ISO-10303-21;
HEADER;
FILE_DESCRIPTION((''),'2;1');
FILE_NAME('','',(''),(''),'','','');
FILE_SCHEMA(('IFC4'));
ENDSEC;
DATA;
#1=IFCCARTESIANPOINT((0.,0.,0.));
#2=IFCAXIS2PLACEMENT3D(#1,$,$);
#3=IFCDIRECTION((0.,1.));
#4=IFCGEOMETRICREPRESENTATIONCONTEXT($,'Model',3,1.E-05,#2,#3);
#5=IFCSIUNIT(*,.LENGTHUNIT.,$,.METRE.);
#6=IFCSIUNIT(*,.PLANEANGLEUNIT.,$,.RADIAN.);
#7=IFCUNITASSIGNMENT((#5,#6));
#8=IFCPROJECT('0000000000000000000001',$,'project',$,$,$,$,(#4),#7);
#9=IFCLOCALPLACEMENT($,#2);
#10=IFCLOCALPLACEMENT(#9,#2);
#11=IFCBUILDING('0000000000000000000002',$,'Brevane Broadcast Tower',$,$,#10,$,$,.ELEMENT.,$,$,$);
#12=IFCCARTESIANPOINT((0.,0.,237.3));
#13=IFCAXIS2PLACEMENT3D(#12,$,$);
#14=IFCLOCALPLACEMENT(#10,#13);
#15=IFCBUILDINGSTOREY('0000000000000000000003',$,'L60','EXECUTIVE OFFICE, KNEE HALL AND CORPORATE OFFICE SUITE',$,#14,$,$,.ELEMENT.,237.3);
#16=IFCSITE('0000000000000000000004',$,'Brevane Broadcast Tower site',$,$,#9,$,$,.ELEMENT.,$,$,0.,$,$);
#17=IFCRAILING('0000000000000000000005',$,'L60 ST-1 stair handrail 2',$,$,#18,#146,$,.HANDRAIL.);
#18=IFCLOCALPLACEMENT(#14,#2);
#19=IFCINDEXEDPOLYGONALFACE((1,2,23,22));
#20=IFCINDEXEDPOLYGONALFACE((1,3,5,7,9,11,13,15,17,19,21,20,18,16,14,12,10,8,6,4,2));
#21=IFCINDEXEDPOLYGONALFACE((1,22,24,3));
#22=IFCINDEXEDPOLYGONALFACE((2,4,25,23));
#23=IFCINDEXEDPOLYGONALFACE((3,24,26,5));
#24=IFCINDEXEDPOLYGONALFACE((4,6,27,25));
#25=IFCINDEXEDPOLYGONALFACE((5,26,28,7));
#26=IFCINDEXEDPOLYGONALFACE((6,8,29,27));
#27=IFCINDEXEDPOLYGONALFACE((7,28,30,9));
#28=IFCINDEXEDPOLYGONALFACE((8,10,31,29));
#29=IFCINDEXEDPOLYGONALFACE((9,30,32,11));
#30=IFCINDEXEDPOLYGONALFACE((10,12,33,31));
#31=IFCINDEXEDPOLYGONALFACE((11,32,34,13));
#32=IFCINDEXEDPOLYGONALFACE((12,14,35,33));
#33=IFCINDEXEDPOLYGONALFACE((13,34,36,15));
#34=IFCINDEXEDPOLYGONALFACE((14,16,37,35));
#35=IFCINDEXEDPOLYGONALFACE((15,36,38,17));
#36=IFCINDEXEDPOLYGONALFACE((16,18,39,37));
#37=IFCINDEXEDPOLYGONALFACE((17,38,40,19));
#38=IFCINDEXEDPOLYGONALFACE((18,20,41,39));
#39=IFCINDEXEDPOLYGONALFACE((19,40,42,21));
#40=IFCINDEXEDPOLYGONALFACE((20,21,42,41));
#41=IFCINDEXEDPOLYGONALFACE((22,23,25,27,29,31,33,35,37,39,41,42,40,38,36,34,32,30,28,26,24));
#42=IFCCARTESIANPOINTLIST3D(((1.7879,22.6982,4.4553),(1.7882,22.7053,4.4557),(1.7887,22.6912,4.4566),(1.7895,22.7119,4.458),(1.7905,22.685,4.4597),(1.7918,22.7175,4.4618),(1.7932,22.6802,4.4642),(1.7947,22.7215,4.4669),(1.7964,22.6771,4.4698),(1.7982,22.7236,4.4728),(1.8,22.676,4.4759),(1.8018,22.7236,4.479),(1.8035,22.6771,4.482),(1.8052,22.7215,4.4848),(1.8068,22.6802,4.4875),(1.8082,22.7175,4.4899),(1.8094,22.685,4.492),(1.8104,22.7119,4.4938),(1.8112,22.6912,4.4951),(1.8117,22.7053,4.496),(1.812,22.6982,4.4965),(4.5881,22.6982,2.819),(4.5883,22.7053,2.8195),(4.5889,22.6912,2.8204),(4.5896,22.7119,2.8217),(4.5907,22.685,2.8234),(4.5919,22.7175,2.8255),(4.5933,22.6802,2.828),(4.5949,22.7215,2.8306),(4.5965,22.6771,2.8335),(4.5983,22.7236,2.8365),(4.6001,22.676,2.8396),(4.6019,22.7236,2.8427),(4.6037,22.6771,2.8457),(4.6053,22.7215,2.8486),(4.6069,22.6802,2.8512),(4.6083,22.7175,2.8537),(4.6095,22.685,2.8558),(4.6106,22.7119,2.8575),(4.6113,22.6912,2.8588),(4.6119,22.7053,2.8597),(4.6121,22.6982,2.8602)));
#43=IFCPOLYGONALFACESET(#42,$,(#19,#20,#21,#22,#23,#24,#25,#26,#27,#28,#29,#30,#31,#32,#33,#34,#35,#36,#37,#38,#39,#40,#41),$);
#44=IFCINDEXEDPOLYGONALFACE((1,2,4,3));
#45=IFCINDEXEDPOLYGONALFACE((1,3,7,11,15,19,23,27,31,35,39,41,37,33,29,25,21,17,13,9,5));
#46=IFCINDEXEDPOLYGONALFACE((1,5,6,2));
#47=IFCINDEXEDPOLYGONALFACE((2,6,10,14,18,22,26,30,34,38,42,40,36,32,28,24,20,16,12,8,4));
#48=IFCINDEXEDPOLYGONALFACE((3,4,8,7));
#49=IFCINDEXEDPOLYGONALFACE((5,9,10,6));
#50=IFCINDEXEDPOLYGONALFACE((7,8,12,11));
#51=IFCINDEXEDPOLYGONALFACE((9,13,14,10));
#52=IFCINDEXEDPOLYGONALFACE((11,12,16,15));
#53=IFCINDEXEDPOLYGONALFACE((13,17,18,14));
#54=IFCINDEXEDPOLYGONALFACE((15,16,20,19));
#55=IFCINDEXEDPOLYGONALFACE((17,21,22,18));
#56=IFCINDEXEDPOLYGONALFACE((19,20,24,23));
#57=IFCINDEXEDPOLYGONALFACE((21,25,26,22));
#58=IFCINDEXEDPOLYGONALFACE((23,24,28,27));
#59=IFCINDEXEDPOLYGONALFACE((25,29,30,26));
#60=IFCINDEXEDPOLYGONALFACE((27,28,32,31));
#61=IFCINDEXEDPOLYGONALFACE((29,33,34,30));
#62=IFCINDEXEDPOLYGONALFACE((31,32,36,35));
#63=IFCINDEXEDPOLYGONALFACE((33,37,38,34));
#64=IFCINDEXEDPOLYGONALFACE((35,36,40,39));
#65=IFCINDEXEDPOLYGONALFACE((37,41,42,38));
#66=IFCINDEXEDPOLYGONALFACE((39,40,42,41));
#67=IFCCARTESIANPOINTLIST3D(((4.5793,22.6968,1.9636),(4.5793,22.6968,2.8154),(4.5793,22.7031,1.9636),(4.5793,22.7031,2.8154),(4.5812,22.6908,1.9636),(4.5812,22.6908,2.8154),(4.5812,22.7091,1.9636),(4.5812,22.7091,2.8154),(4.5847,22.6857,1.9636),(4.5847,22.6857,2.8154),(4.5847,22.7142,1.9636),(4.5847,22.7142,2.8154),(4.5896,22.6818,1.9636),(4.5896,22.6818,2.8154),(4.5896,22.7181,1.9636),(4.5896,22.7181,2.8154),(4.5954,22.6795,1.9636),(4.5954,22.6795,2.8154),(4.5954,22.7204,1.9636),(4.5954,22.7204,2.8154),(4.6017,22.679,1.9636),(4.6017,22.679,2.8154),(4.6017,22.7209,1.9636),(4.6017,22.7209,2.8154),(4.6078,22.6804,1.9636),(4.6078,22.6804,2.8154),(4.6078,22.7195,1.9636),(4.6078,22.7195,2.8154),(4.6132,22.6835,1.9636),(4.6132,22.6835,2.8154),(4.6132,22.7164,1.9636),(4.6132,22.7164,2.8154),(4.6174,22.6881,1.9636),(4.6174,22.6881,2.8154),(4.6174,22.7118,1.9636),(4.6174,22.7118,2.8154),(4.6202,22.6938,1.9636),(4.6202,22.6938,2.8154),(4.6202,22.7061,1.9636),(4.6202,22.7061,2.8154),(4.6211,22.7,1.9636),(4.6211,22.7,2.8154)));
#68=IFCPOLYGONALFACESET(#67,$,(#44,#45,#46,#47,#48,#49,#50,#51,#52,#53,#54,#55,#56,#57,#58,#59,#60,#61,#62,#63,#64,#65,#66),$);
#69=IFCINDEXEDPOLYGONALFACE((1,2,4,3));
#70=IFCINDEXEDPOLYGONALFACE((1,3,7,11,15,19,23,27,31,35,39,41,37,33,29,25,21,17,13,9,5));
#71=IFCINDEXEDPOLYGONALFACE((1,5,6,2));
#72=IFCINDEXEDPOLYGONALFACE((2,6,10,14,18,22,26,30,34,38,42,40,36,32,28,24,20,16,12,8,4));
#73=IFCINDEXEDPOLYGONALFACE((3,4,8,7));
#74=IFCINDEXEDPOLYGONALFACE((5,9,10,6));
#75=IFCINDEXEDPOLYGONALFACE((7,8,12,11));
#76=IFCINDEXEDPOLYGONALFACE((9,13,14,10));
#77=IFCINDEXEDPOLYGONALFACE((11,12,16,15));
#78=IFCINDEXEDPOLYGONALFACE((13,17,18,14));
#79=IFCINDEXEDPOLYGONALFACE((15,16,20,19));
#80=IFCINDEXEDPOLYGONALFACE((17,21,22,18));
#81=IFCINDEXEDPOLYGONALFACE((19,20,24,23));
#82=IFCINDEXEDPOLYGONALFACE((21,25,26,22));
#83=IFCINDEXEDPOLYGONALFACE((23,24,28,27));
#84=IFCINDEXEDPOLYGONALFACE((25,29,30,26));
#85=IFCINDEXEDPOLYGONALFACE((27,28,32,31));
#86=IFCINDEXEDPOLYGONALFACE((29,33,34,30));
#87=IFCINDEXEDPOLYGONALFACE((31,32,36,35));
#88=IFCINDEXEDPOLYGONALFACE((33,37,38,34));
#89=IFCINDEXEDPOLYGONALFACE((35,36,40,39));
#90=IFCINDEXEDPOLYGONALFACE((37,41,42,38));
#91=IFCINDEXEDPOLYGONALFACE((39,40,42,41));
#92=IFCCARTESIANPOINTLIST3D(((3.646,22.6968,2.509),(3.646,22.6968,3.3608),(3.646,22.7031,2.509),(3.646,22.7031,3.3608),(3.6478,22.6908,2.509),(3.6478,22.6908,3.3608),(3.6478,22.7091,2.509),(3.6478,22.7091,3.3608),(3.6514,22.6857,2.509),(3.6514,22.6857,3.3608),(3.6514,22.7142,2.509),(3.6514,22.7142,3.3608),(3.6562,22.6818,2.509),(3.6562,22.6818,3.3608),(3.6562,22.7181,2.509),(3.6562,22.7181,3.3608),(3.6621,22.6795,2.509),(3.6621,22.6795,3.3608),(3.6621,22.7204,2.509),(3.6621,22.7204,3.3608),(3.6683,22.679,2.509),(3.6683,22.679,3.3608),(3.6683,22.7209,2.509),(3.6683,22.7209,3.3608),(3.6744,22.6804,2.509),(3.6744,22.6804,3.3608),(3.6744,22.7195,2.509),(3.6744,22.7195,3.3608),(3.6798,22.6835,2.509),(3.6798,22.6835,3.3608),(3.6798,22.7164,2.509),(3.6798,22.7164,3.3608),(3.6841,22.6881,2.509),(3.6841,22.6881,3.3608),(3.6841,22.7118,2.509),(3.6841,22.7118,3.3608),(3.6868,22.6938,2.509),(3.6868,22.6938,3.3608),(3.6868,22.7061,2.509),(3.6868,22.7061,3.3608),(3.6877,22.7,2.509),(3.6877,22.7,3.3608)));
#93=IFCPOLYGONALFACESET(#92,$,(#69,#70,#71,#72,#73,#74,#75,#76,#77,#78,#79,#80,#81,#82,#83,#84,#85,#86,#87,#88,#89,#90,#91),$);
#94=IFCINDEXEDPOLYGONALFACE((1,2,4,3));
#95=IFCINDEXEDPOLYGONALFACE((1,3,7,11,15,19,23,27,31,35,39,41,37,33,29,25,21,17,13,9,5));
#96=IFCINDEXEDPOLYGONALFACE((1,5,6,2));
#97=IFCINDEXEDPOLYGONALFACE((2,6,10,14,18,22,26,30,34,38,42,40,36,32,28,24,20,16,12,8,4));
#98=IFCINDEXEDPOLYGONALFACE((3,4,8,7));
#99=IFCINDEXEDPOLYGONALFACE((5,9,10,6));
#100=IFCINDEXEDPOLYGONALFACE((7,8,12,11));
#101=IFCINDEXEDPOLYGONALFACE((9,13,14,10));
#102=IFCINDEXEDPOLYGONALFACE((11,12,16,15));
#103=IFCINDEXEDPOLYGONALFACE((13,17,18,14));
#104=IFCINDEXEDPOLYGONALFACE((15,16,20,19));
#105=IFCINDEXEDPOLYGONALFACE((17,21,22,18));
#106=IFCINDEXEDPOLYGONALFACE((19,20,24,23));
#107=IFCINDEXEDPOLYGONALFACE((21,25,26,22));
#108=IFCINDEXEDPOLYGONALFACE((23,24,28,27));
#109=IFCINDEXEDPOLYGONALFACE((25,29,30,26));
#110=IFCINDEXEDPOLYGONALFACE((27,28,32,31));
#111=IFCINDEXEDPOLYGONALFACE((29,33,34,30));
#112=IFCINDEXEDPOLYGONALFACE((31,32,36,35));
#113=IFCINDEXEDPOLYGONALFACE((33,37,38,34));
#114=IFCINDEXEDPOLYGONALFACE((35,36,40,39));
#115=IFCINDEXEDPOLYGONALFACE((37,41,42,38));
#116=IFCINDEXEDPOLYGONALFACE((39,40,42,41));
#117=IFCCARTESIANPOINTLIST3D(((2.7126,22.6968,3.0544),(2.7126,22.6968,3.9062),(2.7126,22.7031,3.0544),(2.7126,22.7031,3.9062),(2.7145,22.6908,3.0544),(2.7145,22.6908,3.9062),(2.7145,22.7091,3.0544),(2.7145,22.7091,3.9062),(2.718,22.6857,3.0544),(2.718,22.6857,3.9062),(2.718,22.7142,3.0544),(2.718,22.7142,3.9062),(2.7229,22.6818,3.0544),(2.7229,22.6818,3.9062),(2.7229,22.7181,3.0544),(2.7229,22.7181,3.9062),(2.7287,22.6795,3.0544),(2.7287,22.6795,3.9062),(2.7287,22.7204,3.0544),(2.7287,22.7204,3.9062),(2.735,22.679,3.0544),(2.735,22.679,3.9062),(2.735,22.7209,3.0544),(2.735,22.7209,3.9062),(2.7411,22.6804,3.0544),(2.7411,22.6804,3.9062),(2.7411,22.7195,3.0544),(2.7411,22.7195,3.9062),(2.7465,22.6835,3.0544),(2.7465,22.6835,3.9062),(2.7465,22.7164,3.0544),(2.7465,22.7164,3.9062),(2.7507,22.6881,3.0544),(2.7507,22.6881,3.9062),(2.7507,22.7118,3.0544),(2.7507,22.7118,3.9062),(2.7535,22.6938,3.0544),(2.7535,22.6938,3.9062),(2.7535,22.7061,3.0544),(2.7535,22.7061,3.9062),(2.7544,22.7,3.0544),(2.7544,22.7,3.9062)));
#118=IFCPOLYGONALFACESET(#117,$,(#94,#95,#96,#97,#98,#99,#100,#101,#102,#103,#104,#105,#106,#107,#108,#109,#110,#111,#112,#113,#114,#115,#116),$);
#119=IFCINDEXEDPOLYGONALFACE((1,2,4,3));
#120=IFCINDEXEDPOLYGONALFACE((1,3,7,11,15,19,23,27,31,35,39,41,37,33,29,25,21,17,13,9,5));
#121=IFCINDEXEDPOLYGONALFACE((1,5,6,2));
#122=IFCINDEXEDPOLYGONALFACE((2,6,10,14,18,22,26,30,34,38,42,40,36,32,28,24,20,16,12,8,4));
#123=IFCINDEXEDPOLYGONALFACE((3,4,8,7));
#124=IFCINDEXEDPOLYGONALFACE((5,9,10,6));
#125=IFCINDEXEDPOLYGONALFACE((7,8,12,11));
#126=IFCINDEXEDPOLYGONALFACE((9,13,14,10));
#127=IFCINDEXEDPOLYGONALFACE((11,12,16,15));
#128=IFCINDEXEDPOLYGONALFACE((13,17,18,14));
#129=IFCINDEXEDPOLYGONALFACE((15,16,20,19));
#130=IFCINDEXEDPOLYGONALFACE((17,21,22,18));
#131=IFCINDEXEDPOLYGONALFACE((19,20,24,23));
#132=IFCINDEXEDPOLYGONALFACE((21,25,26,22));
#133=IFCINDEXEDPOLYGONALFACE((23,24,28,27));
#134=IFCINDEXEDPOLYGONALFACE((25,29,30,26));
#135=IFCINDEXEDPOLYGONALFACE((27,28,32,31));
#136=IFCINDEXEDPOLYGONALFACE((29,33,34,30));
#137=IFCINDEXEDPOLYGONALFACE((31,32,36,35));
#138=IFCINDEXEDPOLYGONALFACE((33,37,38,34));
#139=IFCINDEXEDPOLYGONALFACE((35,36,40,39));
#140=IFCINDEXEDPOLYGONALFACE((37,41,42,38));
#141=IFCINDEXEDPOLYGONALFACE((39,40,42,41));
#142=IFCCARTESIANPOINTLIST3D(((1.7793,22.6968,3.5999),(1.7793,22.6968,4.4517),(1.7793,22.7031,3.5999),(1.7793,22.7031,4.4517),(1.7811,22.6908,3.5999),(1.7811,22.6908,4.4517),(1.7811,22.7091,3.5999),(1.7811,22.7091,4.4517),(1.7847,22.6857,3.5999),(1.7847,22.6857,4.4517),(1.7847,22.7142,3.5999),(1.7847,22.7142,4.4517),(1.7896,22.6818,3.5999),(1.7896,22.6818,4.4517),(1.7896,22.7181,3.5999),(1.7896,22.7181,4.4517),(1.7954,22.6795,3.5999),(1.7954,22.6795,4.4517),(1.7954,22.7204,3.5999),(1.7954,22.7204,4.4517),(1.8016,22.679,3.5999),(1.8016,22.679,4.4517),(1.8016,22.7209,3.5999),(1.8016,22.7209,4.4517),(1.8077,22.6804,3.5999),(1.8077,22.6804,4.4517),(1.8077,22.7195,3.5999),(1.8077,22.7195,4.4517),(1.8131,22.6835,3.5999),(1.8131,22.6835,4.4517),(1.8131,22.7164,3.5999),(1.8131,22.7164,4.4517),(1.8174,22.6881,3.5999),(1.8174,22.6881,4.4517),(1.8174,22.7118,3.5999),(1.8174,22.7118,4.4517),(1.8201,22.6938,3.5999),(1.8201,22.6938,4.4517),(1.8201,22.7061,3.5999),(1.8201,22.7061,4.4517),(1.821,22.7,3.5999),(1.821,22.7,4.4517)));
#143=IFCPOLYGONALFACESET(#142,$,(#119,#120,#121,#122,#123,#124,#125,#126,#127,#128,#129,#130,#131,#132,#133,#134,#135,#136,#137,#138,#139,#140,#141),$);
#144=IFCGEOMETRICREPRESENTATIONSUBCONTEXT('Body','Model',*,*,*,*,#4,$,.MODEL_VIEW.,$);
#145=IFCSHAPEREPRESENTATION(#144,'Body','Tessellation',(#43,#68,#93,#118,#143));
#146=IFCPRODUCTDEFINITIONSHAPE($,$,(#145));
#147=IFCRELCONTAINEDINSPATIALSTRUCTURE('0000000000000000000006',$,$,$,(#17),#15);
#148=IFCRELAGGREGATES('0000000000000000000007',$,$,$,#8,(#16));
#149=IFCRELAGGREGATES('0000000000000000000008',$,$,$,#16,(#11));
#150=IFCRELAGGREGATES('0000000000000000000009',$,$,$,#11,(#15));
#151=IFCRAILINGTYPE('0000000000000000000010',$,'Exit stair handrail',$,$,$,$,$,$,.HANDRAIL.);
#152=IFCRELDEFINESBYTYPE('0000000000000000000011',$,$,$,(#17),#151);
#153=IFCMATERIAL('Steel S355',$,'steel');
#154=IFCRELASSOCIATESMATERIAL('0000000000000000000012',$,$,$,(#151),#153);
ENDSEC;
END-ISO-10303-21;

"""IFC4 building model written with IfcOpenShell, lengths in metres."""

from ifc_helpers import new_model, si_unit, direction, frame, origin, origin_2d, place, context, subcontext, project, spatial, circle, extrude, material, type_object, element, save


model = new_model("IFC4")

# Units and contexts
model_context = context("Model", 3, precision=1e-05, world=origin(), true_north=direction((0.0, 1.0)))
body_context = subcontext(model_context, "Body", "Model", "MODEL_VIEW")
ifc_project = project(units=[si_unit("LENGTHUNIT", "METRE"), si_unit("PLANEANGLEUNIT", "RADIAN")], contexts=[model_context])

# Site, building, storey
site_placement = place(None, origin())
site = spatial("IfcSite", under=ifc_project, at=site_placement, Name="Brevane Broadcast Tower site", CompositionType="ELEMENT", RefElevation=0.0)
building_placement = place(site_placement, origin())
building = spatial("IfcBuilding", under=site, at=building_placement, Name="Brevane Broadcast Tower", CompositionType="ELEMENT")
storey_placement = place(building_placement, frame((0.0, 0.0, 237.3)))
storey = spatial("IfcBuildingStorey", under=building, at=storey_placement, Name="L60", Description="EXECUTIVE OFFICE, KNEE HALL AND CORPORATE OFFICE SUITE", CompositionType="ELEMENT", Elevation=237.3)

# Railing
ifc_material_1 = material(Name="Steel S355", Category="steel")
railing_type_1 = type_object("IfcRailingType", Name="Exit stair handrail", PredefinedType="HANDRAIL", material=ifc_material_1)
railing_1_placement = place(storey_placement, frame((4.6001, 22.7, 1.9636)))
element("IfcRailing", 1, at=railing_1_placement, inside=storey, type_object=railing_type_1, Name="L60 ST-1 stair handrail 2", PredefinedType="HANDRAIL", context=body_context, shape_type="SweptSolid", body=[
    extrude(circle(Radius=0.0239, at=origin_2d()), frame((0.0, 0.0, 0.876), z_axis=(-0.863394, 0.0, 0.504531), x_axis=(0.0, -1.0, 0.0)), (0.0, 0.0, 1.0), 3.2432),
    extrude(circle(Radius=0.021, at=origin_2d()), origin(), (0.0, 0.0, 1.0), 0.8518),
    extrude(circle(Radius=0.021, at=origin_2d()), frame((-0.9333, 0.0, 0.5454)), (0.0, 0.0, 1.0), 0.8518),
    extrude(circle(Radius=0.021, at=origin_2d()), frame((-1.8667, 0.0, 1.0908)), (0.0, 0.0, 1.0), 0.8518),
    extrude(circle(Radius=0.021, at=origin_2d()), frame((-2.8, 0.0, 1.6362)), (0.0, 0.0, 1.0), 0.8518),
])

save(model, "model.ifc")
